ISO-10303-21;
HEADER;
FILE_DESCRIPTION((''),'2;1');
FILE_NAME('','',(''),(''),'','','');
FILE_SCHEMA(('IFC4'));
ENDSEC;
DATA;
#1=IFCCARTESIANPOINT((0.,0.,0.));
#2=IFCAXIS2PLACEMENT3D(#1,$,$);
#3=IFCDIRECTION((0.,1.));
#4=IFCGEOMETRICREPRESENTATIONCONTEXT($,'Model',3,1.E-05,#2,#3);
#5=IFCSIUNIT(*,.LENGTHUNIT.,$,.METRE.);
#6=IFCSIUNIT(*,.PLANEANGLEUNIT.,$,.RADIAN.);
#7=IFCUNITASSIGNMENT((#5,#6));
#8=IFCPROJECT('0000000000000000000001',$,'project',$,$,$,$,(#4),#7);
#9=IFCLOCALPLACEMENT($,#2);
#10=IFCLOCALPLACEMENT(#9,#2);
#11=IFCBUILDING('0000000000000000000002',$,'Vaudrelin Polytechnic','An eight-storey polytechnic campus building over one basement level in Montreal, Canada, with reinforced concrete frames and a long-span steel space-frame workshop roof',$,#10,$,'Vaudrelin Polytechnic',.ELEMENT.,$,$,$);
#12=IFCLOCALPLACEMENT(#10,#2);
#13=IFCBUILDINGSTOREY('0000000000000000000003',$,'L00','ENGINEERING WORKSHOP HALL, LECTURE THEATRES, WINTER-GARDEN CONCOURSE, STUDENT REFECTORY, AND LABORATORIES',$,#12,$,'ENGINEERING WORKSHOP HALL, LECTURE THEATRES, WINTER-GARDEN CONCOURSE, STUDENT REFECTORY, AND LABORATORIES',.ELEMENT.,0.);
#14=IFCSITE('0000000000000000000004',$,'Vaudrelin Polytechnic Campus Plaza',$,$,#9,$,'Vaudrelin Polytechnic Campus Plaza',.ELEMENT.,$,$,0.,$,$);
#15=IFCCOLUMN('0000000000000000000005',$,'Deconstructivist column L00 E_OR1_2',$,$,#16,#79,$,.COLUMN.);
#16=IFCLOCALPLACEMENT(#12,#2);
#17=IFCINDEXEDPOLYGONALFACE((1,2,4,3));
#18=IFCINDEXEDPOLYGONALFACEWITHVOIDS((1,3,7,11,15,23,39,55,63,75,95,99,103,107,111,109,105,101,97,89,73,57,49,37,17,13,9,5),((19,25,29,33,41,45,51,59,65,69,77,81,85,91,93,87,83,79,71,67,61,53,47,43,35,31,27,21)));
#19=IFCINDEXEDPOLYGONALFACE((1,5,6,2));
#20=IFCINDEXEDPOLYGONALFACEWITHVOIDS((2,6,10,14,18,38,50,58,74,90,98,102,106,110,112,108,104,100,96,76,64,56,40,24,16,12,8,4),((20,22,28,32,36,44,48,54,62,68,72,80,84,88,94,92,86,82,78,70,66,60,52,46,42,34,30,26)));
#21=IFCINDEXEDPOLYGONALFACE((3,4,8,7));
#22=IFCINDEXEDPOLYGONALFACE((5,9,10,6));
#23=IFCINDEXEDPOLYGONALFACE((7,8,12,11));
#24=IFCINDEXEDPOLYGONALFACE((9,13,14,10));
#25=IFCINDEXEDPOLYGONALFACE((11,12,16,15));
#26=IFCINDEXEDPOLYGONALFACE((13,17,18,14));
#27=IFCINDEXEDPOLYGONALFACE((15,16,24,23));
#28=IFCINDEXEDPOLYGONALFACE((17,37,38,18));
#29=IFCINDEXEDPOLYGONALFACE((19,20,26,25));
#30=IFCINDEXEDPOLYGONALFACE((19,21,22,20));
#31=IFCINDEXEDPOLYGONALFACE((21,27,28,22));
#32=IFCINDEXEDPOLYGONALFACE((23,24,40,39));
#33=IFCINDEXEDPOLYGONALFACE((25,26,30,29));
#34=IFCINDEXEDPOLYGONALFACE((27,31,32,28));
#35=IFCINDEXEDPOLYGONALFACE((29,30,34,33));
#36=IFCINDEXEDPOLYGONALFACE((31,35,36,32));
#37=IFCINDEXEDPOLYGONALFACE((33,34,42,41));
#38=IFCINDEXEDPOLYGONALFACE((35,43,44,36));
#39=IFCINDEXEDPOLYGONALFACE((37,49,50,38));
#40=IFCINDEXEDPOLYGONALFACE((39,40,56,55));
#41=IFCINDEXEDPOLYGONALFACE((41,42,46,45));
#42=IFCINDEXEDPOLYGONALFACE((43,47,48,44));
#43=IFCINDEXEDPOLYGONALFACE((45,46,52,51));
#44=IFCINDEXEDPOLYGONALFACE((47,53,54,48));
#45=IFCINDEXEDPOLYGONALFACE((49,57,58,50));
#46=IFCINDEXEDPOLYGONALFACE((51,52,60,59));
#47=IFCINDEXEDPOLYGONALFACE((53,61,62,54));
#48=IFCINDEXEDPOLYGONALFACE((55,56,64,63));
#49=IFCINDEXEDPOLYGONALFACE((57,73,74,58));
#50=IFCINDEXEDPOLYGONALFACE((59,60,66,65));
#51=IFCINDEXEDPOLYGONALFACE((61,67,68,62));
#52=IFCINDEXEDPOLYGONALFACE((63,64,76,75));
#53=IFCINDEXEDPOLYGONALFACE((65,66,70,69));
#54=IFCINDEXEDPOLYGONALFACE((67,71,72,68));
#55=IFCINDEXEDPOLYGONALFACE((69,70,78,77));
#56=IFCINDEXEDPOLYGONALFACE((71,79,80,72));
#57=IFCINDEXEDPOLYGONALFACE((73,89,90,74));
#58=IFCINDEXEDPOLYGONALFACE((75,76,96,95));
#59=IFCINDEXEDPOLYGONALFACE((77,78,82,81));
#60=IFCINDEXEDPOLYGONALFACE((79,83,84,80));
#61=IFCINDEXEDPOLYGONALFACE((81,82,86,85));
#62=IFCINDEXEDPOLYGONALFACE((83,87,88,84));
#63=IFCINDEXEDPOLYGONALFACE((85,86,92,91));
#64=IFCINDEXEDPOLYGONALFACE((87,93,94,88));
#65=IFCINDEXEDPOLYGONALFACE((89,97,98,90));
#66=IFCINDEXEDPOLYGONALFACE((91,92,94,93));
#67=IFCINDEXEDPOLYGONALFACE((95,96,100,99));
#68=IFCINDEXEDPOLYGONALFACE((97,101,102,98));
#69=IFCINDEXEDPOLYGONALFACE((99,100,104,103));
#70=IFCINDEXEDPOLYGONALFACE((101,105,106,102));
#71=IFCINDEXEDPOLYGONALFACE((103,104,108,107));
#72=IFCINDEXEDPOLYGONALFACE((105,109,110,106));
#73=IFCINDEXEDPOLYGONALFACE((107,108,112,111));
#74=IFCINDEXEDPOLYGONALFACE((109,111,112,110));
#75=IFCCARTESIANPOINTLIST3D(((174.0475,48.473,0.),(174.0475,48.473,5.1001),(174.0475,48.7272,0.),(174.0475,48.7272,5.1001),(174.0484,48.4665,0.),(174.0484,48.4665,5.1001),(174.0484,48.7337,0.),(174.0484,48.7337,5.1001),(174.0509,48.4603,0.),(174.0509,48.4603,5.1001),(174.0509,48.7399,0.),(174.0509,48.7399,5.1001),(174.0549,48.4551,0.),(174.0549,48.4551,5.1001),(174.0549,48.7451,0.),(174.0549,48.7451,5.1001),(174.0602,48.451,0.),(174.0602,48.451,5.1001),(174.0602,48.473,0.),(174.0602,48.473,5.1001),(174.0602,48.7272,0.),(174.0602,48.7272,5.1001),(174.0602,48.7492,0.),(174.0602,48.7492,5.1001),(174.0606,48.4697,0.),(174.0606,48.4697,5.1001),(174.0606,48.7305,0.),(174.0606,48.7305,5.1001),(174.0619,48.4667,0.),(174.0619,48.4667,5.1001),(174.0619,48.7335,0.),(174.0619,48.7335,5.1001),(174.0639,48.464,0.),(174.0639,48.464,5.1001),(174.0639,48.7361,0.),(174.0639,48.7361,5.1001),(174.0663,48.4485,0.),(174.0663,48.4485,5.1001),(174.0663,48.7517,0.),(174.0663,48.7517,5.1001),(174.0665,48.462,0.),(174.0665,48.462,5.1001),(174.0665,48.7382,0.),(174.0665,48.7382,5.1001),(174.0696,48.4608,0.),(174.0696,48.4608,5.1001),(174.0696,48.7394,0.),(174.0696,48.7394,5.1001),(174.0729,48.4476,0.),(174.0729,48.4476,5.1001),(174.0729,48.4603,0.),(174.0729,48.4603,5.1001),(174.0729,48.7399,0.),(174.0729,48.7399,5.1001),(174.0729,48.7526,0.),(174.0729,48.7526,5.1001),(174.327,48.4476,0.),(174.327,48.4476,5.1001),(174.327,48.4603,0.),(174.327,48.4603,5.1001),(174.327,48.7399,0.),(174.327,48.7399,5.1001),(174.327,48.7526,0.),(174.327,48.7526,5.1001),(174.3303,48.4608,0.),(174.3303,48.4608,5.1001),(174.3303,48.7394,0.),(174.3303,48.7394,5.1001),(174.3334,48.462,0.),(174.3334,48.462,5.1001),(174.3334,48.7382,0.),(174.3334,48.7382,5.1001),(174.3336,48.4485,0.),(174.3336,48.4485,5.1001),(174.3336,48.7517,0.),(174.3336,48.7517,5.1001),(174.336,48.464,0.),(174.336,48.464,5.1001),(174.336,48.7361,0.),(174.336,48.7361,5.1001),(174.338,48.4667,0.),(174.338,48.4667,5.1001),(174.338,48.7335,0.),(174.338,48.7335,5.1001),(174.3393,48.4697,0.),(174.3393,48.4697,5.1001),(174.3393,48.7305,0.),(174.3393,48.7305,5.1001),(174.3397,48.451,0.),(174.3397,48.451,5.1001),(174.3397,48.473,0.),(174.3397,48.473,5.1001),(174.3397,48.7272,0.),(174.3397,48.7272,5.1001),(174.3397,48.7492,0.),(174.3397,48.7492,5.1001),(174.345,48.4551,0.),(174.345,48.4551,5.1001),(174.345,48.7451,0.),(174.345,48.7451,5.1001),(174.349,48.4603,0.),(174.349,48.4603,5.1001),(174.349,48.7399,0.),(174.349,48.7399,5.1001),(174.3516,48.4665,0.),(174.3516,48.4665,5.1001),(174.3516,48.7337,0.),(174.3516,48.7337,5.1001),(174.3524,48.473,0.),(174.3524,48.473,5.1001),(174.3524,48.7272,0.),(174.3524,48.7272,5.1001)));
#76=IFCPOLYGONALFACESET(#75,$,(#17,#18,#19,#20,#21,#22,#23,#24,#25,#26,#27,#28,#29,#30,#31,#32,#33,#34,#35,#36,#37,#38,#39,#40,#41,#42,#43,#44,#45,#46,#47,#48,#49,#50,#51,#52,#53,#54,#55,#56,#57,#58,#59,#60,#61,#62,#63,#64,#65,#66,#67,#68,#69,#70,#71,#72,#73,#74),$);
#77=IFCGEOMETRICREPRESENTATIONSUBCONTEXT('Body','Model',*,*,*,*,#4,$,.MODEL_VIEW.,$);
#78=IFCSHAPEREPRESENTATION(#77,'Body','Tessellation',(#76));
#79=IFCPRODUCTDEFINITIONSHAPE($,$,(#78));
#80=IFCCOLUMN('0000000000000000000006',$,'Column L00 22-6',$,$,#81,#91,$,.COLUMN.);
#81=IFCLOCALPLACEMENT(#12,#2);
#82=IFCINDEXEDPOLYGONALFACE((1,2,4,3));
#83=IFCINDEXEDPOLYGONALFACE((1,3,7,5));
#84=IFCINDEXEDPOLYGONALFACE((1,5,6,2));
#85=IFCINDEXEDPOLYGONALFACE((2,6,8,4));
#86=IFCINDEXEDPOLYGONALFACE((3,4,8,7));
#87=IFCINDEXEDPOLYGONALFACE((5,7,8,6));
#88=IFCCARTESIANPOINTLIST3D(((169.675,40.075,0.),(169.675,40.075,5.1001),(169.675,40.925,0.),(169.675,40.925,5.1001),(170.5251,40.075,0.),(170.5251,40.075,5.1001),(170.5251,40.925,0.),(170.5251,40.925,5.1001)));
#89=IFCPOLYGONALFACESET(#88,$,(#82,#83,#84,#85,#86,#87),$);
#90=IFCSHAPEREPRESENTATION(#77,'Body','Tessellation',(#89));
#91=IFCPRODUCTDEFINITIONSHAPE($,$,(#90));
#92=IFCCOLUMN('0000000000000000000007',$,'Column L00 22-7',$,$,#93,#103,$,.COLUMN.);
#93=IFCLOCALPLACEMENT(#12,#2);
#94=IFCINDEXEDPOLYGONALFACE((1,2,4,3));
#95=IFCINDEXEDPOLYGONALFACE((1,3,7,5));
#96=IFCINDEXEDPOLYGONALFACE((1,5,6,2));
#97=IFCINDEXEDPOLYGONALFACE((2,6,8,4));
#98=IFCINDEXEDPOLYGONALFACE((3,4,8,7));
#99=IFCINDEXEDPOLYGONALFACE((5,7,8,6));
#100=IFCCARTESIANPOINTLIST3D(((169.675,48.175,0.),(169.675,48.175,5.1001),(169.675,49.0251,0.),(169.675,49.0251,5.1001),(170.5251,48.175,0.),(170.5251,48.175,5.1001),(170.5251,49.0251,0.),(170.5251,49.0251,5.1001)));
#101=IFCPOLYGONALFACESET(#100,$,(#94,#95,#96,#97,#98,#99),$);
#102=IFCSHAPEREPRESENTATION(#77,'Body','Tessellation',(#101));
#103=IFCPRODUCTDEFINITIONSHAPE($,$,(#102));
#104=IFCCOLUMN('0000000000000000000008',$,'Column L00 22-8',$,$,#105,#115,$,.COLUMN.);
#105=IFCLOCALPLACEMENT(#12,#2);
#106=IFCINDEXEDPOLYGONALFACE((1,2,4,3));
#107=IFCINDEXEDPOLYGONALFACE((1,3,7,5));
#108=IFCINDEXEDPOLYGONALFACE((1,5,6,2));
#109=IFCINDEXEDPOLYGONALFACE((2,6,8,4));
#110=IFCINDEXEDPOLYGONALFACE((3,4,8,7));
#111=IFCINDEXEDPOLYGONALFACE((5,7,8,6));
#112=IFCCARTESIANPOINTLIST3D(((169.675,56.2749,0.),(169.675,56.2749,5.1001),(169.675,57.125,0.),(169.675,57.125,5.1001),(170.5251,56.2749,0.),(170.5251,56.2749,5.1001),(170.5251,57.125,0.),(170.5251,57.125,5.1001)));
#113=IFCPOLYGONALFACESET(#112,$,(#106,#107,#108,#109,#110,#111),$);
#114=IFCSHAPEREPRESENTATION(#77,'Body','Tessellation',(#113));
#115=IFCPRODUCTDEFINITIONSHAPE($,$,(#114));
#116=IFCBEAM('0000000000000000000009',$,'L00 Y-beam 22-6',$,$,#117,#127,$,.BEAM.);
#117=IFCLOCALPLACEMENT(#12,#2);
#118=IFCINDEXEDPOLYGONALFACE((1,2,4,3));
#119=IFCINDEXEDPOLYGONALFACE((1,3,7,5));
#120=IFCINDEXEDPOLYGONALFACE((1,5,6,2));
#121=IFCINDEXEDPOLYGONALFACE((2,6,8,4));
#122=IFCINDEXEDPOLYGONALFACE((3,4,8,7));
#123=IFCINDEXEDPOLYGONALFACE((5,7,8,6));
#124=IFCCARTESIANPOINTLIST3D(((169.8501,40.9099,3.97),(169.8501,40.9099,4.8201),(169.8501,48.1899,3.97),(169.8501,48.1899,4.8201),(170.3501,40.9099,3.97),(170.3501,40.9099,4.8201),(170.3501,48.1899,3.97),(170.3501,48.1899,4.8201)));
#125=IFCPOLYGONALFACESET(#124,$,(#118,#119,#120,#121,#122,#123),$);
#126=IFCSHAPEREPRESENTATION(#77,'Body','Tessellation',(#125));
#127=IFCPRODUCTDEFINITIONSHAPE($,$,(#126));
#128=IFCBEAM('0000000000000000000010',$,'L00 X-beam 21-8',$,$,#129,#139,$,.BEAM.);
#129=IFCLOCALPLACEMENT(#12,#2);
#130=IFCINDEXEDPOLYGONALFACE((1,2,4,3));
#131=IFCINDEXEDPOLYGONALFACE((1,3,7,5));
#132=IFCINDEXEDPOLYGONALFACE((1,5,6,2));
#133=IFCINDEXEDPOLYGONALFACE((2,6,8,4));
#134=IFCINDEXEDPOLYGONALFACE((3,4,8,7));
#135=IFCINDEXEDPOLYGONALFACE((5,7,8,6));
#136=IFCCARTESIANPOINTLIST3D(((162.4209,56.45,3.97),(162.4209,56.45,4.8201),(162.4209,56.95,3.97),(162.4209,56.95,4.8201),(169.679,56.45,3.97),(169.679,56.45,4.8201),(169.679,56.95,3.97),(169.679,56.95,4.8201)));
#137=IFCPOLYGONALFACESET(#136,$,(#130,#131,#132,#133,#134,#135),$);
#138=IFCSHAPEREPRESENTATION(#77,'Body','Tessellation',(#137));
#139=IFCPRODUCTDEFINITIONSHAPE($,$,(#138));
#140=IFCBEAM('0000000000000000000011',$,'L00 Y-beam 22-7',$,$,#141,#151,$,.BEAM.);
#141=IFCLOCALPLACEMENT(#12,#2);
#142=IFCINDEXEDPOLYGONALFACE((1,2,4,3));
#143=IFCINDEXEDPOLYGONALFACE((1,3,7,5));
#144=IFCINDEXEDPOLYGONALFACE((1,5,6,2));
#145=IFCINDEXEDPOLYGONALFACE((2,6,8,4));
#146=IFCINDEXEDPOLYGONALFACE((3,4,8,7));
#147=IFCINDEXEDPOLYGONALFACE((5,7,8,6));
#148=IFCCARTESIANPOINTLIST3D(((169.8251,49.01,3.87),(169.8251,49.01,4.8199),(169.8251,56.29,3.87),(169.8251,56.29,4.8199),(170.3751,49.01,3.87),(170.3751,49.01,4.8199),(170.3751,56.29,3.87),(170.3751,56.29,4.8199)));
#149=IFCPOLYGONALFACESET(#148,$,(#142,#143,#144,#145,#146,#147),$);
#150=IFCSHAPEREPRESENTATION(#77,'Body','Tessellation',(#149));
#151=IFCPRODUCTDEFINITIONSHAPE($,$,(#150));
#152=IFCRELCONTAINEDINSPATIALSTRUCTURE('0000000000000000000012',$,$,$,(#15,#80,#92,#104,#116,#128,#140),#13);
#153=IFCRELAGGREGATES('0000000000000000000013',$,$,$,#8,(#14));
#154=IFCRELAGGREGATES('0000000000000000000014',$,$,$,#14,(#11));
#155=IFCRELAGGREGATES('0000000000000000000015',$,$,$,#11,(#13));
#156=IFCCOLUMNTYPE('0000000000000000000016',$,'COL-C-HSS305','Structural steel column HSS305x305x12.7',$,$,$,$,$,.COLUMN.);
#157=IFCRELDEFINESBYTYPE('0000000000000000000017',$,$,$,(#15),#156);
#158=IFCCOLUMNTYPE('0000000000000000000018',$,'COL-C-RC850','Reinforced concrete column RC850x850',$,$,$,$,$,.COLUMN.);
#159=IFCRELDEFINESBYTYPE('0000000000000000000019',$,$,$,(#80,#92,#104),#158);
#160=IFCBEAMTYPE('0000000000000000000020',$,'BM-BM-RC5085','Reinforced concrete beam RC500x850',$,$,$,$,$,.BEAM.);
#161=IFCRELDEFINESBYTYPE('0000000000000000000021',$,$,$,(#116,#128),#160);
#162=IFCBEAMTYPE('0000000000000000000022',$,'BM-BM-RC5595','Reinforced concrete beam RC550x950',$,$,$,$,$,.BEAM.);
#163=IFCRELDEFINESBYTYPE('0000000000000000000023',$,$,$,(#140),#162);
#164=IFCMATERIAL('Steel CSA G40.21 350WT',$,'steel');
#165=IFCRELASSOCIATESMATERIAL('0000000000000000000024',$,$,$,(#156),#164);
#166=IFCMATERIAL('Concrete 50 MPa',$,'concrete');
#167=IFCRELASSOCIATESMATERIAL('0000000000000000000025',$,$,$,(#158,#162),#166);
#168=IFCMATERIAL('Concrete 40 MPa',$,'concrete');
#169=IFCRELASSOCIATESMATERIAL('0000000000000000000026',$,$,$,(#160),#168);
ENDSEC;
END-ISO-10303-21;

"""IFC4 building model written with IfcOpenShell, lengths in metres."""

from ifc_helpers import new_model, si_unit, direction, frame, origin, origin_2d, place, context, subcontext, project, spatial, rectangle, hollow_rectangle, extrude, material, material_profile, profile_set, type_object, element, save


model = new_model("IFC4")

# Units and contexts
model_context = context("Model", 3, precision=1e-05, world=origin(), true_north=direction((0.0, 1.0)))
body_context = subcontext(model_context, "Body", "Model", "MODEL_VIEW")
ifc_project = project(units=[si_unit("LENGTHUNIT", "METRE"), si_unit("PLANEANGLEUNIT", "RADIAN")], contexts=[model_context])

# Site, building, storey
site_placement = place(None, origin())
site = spatial("IfcSite", under=ifc_project, at=site_placement, Name="Vaudrelin Polytechnic Campus Plaza", LongName="Vaudrelin Polytechnic Campus Plaza", CompositionType="ELEMENT", RefElevation=0.0)
building_placement = place(site_placement, origin())
building = spatial("IfcBuilding", under=site, at=building_placement, Name="Vaudrelin Polytechnic", Description="An eight-storey polytechnic campus building over one basement level in Montreal, Canada, with reinforced concrete frames and a long-span steel space-frame workshop roof", LongName="Vaudrelin Polytechnic", CompositionType="ELEMENT")
storey_placement = place(building_placement, origin())
storey = spatial("IfcBuildingStorey", under=building, at=storey_placement, Name="L00", Description="ENGINEERING WORKSHOP HALL, LECTURE THEATRES, WINTER-GARDEN CONCOURSE, STUDENT REFECTORY, AND LABORATORIES", LongName="ENGINEERING WORKSHOP HALL, LECTURE THEATRES, WINTER-GARDEN CONCOURSE, STUDENT REFECTORY, AND LABORATORIES", CompositionType="ELEMENT", Elevation=0.0)

# Columns
ifc_material_1 = material(Name="Steel CSA G40.21 350WT", Category="steel")
ifc_material_profile_1 = material_profile(ifc_material_1, hollow_rectangle(XDim=0.3049, YDim=0.3049, WallThickness=0.0127, InnerFilletRadius=0.0127, OuterFilletRadius=0.0254, at=origin_2d()), Name="HSS305x305x12.7")
ifc_profile_set_1 = profile_set([ifc_material_profile_1], Name="Steel CSA G40.21 350WT")
column_type_1 = type_object("IfcColumnType", Name="COL-C-HSS305", Description="Structural steel column HSS305x305x12.7", PredefinedType="COLUMN", material=ifc_profile_set_1)
column_placement = place(storey_placement, frame((174.2, 48.6001, 0.0), z_axis=(0.0, 0.0, 1.0), x_axis=(1.0, 0.0, 0.0)))
element("IfcColumn", 1, at=column_placement, inside=storey, type_object=column_type_1, Name="Deconstructivist column L00 E_OR1_2", PredefinedType="COLUMN", context=body_context, shape_type="SweptSolid", body=[
    extrude(hollow_rectangle(XDim=0.3049, YDim=0.3049, WallThickness=0.0127, InnerFilletRadius=0.0127, OuterFilletRadius=0.0254, at=origin_2d()), origin(), (0.0, 0.0, 1.0), 5.1001),
])
ifc_material_2 = material(Name="Concrete 50 MPa", Category="concrete")
ifc_material_profile_2 = material_profile(ifc_material_2, rectangle(XDim=0.8501, YDim=0.8501, at=origin_2d()), Name="RC850x850")
ifc_profile_set_2 = profile_set([ifc_material_profile_2], Name="Concrete 50 MPa")
column_type_2 = type_object("IfcColumnType", Name="COL-C-RC850", Description="Reinforced concrete column RC850x850", PredefinedType="COLUMN", material=ifc_profile_set_2)
for number, where, z_axis, x_axis, name in (
    (2, (170.1001, 40.5, 0.0), (0.0, 0.0, 1.0), (1.0, 0.0, 0.0), "Column L00 22-6"),
    (3, (170.1001, 48.6001, 0.0), (0.0, 0.0, 1.0), (1.0, 0.0, 0.0), "Column L00 22-7"),
    (4, (170.1001, 56.7, 0.0), (0.0, 0.0, 1.0), (1.0, 0.0, 0.0), "Column L00 22-8"),
):
    element("IfcColumn", number, at=place(storey_placement, frame(where, z_axis=z_axis, x_axis=x_axis)), inside=storey, type_object=column_type_2, Name=name, PredefinedType="COLUMN", context=body_context, shape_type="SweptSolid", body=[
        extrude(rectangle(XDim=0.8501, YDim=0.8501, at=origin_2d()), origin(), (0.0, 0.0, 1.0), 5.1001),
    ])

# Beams
ifc_material_3 = material(Name="Concrete 40 MPa", Category="concrete")
ifc_material_profile_3 = material_profile(ifc_material_3, rectangle(XDim=0.5, YDim=0.8501, at=origin_2d()), Name="RC500x850")
ifc_profile_set_3 = profile_set([ifc_material_profile_3], Name="Concrete 40 MPa")
beam_type_1 = type_object("IfcBeamType", Name="BM-BM-RC5085", Description="Reinforced concrete beam RC500x850", PredefinedType="BEAM", material=ifc_profile_set_3)
beam_1_placement = place(storey_placement, frame((170.1001, 40.9099, 4.395), z_axis=(0.0, 1.0, 0.0), x_axis=(-1.0, 0.0, 0.0)))
element("IfcBeam", 5, at=beam_1_placement, inside=storey, type_object=beam_type_1, Name="L00 Y-beam 22-6", PredefinedType="BEAM", context=body_context, shape_type="SweptSolid", body=[
    extrude(rectangle(XDim=0.5, YDim=0.8501, at=origin_2d()), origin(), (0.0, 0.0, 1.0), 7.28),
])
beam_2_placement = place(storey_placement, frame((162.4209, 56.7, 4.395), z_axis=(1.0, 0.0, 0.0), x_axis=(0.0, 1.0, 0.0)))
element("IfcBeam", 6, at=beam_2_placement, inside=storey, type_object=beam_type_1, Name="L00 X-beam 21-8", PredefinedType="BEAM", context=body_context, shape_type="SweptSolid", body=[
    extrude(rectangle(XDim=0.5, YDim=0.8501, at=origin_2d()), origin(), (0.0, 0.0, 1.0), 7.2581),
])
ifc_material_profile_4 = material_profile(ifc_material_2, rectangle(XDim=0.55, YDim=0.95, at=origin_2d()), Name="RC550x950")
ifc_profile_set_4 = profile_set([ifc_material_profile_4], Name="Concrete 50 MPa")
beam_type_2 = type_object("IfcBeamType", Name="BM-BM-RC5595", Description="Reinforced concrete beam RC550x950", PredefinedType="BEAM", material=ifc_profile_set_4)
beam_3_placement = place(storey_placement, frame((170.1001, 49.01, 4.345), z_axis=(0.0, 1.0, 0.0), x_axis=(-1.0, 0.0, 0.0)))
element("IfcBeam", 7, at=beam_3_placement, inside=storey, type_object=beam_type_2, Name="L00 Y-beam 22-7", PredefinedType="BEAM", context=body_context, shape_type="SweptSolid", body=[
    extrude(rectangle(XDim=0.55, YDim=0.95, at=origin_2d()), origin(), (0.0, 0.0, 1.0), 7.28),
])

save(model, "model.ifc")
